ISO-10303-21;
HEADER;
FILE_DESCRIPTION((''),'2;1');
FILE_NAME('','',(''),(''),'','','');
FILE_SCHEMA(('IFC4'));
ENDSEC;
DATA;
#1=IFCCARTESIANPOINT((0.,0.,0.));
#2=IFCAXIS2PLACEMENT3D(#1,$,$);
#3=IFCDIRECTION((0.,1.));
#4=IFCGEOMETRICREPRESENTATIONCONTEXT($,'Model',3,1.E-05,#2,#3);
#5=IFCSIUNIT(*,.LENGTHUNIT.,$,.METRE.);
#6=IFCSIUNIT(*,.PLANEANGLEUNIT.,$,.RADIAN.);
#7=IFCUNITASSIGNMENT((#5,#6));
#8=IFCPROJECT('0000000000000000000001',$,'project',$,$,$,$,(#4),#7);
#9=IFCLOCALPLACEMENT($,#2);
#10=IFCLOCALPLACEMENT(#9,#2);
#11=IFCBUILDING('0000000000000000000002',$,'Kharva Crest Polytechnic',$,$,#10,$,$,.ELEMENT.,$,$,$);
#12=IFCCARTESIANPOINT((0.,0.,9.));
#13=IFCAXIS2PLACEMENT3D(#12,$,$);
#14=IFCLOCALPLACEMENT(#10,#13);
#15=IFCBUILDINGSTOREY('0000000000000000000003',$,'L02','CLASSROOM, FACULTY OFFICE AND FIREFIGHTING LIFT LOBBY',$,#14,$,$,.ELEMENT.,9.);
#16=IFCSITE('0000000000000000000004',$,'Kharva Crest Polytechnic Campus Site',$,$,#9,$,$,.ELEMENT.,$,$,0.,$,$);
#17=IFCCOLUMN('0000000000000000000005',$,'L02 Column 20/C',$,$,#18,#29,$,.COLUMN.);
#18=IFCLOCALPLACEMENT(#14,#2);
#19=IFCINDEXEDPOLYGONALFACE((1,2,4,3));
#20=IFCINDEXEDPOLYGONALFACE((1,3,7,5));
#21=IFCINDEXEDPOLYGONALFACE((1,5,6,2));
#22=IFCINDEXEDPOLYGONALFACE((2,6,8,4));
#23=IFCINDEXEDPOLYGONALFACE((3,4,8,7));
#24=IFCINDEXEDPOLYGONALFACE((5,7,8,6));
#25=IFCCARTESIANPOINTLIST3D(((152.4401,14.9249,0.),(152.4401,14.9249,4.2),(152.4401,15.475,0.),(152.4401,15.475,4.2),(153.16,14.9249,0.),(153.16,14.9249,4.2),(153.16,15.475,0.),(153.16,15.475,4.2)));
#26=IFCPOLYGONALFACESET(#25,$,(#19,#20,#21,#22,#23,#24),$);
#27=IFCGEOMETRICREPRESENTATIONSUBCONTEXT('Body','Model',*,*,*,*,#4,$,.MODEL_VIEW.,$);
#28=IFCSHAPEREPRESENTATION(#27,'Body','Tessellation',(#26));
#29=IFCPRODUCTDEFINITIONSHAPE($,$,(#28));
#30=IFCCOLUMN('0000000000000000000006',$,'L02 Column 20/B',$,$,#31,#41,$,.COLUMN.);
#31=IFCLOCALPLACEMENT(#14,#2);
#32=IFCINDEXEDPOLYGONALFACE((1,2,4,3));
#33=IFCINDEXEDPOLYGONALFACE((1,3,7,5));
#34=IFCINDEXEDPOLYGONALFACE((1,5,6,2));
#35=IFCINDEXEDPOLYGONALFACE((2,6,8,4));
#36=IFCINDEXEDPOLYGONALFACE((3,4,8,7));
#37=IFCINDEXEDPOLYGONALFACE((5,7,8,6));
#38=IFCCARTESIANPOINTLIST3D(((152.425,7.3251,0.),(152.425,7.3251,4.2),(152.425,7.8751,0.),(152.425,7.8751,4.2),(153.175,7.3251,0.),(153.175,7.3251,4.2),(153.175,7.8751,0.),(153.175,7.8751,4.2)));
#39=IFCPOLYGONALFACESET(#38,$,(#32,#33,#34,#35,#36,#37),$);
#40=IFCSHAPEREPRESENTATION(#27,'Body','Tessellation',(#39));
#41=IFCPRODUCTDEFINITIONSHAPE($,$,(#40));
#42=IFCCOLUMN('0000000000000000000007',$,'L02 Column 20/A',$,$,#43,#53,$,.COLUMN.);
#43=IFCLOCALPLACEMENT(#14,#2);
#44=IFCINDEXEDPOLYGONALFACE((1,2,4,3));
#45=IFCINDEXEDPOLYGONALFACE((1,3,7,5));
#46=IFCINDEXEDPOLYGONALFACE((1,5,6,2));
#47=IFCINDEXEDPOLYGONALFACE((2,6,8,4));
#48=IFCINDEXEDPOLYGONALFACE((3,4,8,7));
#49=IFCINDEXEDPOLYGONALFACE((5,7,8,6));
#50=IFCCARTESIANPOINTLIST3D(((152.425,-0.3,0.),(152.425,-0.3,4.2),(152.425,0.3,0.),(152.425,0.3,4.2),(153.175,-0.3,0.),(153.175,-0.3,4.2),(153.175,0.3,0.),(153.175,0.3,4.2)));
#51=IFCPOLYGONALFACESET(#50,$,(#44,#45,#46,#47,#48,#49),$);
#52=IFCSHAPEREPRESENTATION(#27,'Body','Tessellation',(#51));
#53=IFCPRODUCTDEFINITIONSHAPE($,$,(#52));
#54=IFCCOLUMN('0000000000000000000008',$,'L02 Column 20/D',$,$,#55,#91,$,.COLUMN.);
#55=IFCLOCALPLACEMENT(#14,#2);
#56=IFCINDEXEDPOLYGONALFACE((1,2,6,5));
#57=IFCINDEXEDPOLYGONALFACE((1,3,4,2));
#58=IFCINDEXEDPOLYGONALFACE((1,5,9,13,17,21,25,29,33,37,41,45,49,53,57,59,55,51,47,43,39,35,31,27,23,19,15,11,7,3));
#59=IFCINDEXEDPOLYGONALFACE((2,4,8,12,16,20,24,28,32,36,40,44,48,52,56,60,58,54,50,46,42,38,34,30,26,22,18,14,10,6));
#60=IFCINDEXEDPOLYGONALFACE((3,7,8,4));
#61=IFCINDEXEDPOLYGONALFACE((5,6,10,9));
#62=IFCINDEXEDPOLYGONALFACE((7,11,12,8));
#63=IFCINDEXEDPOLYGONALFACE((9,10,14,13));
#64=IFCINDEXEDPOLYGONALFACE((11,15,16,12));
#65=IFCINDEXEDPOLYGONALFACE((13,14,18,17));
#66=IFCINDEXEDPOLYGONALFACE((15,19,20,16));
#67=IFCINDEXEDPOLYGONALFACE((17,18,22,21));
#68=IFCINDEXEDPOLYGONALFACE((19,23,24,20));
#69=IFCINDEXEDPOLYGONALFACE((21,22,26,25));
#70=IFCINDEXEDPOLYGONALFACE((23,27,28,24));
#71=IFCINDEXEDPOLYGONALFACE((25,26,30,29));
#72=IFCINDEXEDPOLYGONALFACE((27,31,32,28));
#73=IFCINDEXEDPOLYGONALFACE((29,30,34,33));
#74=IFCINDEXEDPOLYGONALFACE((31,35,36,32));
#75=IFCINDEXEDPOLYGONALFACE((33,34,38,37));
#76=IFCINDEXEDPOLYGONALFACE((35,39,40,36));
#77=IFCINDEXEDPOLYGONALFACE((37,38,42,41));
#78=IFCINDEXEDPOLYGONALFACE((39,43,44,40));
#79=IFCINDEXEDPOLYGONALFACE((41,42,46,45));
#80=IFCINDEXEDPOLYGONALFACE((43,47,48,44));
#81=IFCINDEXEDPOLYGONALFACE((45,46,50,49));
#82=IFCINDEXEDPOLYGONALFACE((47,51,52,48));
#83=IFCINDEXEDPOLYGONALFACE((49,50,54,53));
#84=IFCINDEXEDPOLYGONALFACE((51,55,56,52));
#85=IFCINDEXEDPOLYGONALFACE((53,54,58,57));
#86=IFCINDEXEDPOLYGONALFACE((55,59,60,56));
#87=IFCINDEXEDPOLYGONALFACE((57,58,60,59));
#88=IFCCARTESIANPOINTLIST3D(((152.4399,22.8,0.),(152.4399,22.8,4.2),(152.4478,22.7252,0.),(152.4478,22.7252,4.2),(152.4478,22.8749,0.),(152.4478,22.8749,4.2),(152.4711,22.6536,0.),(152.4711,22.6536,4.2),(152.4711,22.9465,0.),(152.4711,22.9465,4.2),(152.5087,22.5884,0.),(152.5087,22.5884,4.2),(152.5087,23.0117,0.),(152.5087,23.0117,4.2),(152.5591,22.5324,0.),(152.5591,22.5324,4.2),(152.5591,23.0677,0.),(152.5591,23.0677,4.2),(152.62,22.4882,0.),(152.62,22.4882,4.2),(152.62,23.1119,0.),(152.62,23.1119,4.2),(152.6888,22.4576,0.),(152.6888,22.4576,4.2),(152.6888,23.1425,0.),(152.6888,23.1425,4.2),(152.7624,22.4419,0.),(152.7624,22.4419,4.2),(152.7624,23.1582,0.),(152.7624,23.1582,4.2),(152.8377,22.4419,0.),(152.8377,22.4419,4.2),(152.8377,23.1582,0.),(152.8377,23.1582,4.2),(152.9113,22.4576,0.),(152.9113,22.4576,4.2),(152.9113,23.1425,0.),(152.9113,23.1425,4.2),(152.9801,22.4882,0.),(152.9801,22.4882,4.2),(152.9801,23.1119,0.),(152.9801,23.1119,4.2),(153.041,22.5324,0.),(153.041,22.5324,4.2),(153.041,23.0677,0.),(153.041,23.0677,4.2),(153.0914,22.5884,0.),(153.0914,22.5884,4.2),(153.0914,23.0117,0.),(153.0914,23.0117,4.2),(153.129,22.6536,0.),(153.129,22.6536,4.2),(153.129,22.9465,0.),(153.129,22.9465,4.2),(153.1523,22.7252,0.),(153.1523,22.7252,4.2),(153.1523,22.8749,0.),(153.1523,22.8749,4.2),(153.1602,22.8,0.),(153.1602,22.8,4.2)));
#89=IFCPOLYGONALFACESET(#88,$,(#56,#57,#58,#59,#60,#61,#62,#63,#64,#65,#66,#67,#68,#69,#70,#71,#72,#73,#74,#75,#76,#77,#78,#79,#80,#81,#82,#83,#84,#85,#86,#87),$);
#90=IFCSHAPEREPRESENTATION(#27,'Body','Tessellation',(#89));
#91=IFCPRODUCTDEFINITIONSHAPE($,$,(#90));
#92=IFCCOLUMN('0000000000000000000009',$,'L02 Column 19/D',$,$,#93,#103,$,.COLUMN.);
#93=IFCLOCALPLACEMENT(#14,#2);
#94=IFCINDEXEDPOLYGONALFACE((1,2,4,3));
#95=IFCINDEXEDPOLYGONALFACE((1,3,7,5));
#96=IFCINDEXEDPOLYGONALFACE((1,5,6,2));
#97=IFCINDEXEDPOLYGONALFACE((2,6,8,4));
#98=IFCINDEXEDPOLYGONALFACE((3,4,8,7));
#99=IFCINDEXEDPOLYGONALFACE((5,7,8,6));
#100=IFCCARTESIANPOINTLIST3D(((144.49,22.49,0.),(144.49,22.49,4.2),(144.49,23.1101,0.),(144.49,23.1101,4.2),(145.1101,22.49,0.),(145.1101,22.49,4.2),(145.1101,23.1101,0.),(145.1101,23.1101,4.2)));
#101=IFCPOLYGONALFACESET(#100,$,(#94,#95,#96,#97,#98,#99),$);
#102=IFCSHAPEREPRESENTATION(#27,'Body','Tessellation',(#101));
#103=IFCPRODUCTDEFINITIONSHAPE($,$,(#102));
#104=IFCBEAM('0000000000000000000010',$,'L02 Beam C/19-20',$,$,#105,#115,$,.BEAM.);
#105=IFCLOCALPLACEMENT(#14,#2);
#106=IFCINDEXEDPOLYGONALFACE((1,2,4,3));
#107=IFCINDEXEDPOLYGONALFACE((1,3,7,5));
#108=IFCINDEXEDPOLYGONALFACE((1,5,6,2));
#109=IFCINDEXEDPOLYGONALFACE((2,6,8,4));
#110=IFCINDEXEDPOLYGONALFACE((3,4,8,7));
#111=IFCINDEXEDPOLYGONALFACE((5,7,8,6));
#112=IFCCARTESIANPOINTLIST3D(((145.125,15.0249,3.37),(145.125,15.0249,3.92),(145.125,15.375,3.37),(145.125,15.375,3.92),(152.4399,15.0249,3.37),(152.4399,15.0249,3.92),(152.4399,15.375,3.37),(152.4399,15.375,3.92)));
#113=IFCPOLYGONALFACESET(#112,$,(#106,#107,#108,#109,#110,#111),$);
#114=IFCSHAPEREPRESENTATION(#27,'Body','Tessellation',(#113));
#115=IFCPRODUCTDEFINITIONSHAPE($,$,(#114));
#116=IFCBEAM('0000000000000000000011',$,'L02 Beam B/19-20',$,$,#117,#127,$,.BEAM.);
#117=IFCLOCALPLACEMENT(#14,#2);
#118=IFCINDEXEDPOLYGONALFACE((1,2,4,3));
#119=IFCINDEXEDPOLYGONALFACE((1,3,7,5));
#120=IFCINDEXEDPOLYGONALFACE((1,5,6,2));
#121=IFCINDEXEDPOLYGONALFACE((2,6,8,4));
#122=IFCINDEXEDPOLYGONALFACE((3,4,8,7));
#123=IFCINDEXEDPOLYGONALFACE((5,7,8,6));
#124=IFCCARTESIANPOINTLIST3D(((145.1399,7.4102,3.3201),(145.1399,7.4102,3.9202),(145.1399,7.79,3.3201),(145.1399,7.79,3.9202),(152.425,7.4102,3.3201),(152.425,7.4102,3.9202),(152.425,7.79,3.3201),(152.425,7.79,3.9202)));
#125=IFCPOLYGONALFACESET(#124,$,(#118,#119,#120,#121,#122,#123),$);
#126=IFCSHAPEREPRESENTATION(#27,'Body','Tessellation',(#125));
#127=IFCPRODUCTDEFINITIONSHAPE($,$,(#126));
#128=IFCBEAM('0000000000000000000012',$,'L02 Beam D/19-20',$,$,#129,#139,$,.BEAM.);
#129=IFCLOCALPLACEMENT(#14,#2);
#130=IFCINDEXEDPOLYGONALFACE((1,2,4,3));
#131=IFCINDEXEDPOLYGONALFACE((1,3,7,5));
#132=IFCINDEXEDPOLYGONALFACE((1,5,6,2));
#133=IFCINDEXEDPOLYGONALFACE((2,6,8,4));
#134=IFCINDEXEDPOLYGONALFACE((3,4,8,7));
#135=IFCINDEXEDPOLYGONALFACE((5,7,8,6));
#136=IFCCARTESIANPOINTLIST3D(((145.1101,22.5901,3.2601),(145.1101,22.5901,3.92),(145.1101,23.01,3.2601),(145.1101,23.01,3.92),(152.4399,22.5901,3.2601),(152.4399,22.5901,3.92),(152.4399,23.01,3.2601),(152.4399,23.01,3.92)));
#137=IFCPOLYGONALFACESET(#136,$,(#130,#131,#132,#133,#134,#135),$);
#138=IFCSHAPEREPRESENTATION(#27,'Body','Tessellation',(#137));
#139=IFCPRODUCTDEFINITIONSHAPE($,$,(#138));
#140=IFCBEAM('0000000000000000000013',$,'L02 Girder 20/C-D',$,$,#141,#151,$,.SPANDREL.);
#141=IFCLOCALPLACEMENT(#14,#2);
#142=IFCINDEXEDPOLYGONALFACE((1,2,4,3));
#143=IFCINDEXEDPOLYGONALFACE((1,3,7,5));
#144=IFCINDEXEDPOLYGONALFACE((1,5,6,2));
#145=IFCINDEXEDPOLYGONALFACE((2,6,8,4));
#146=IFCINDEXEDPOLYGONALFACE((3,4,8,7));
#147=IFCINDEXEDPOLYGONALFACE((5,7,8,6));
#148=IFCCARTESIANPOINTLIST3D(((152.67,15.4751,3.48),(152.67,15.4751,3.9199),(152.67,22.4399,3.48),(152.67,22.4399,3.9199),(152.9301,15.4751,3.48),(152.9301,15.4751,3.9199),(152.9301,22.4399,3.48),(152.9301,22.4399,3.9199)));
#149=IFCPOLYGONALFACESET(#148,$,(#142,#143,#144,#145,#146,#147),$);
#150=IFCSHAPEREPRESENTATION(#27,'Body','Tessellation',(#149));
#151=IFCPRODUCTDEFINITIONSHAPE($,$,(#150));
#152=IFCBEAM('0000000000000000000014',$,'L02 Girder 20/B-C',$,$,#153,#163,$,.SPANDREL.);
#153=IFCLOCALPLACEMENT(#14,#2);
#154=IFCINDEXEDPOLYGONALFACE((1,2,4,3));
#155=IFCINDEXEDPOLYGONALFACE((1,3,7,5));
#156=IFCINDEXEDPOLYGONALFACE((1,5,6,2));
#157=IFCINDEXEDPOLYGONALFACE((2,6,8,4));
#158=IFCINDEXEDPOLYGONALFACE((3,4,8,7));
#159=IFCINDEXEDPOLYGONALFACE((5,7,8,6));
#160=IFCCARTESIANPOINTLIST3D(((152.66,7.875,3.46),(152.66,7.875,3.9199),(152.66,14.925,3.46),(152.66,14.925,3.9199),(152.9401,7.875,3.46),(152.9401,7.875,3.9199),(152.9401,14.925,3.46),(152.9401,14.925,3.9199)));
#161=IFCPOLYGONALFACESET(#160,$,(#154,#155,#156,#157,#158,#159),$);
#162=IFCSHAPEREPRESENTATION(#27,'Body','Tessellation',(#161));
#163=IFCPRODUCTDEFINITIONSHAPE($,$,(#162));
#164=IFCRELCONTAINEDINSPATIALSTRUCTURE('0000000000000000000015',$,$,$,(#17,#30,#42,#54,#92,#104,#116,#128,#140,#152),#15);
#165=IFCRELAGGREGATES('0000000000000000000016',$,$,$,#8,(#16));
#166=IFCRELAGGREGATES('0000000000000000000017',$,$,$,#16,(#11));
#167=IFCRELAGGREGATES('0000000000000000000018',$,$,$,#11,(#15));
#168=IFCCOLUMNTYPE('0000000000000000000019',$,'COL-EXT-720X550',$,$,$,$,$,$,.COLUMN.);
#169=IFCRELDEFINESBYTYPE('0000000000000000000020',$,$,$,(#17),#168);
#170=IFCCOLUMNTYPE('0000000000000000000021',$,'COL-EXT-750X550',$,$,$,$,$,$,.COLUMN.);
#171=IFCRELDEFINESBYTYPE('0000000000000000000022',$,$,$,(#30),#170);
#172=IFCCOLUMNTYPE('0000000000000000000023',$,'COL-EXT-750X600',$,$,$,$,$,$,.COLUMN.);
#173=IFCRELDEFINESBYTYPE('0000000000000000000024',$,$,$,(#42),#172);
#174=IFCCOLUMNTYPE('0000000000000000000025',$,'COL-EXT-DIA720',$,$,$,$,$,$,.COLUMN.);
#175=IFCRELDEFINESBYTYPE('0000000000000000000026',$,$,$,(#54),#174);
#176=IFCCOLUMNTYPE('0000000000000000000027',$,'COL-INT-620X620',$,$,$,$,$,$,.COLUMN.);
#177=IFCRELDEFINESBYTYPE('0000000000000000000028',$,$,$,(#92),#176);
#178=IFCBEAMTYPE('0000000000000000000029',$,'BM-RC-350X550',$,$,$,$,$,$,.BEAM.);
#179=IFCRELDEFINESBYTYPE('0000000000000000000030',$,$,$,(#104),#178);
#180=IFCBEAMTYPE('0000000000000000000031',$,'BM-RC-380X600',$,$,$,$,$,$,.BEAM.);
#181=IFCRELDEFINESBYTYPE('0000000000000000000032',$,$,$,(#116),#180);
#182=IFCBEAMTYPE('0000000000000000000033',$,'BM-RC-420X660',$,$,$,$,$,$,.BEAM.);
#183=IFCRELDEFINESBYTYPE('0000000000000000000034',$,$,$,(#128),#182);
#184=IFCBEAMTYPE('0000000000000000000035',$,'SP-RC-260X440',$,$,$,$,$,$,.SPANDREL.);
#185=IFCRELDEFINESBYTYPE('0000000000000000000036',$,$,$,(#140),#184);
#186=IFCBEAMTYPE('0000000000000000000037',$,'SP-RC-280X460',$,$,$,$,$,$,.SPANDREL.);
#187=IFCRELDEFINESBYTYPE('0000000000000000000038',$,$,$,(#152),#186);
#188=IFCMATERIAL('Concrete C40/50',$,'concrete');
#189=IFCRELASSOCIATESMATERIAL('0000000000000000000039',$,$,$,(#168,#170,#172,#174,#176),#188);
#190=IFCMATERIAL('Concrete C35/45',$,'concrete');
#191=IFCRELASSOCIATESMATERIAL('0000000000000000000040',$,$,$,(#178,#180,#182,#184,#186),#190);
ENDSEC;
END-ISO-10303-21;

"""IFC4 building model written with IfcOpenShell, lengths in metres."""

from ifc_helpers import new_model, si_unit, direction, frame, origin, origin_2d, place, context, subcontext, project, spatial, rectangle, circle, extrude, material, material_profile, profile_set, type_object, element, save


model = new_model("IFC4")

# Units and contexts
model_context = context("Model", 3, precision=1e-05, world=origin(), true_north=direction((0.0, 1.0)))
body_context = subcontext(model_context, "Body", "Model", "MODEL_VIEW")
ifc_project = project(units=[si_unit("LENGTHUNIT", "METRE"), si_unit("PLANEANGLEUNIT", "RADIAN")], contexts=[model_context])

# Site, building, storey
site_placement = place(None, origin())
site = spatial("IfcSite", under=ifc_project, at=site_placement, Name="Kharva Crest Polytechnic Campus Site", CompositionType="ELEMENT", RefElevation=0.0)
building_placement = place(site_placement, origin())
building = spatial("IfcBuilding", under=site, at=building_placement, Name="Kharva Crest Polytechnic", CompositionType="ELEMENT")
storey_placement = place(building_placement, frame((0.0, 0.0, 9.0)))
storey = spatial("IfcBuildingStorey", under=building, at=storey_placement, Name="L02", Description="CLASSROOM, FACULTY OFFICE AND FIREFIGHTING LIFT LOBBY", CompositionType="ELEMENT", Elevation=9.0)

# Columns
ifc_material_1 = material(Name="Concrete C40/50", Category="concrete")
ifc_material_profile_1 = material_profile(ifc_material_1, rectangle(XDim=0.72, YDim=0.55, at=origin_2d()), Name="RECT 720 X 550")
ifc_profile_set_1 = profile_set([ifc_material_profile_1], Name="Concrete C40/50")
column_type_1 = type_object("IfcColumnType", Name="COL-EXT-720X550", PredefinedType="COLUMN", material=ifc_profile_set_1)
column_1_placement = place(storey_placement, frame((152.8, 15.2, 0.0), z_axis=(0.0, 0.0, 1.0), x_axis=(1.0, 0.0, 0.0)))
element("IfcColumn", 1, at=column_1_placement, inside=storey, type_object=column_type_1, Name="L02 Column 20/C", PredefinedType="COLUMN", context=body_context, shape_type="SweptSolid", body=[
    extrude(rectangle(XDim=0.72, YDim=0.55, at=origin_2d()), origin(), (0.0, 0.0, 1.0), 4.2),
])
ifc_material_profile_2 = material_profile(ifc_material_1, rectangle(XDim=0.75, YDim=0.55, at=origin_2d()), Name="RECT 750 X 550")
ifc_profile_set_2 = profile_set([ifc_material_profile_2], Name="Concrete C40/50")
column_type_2 = type_object("IfcColumnType", Name="COL-EXT-750X550", PredefinedType="COLUMN", material=ifc_profile_set_2)
column_2_placement = place(storey_placement, frame((152.8, 7.6001, 0.0), z_axis=(0.0, 0.0, 1.0), x_axis=(1.0, 0.0, 0.0)))
element("IfcColumn", 2, at=column_2_placement, inside=storey, type_object=column_type_2, Name="L02 Column 20/B", PredefinedType="COLUMN", context=body_context, shape_type="SweptSolid", body=[
    extrude(rectangle(XDim=0.75, YDim=0.55, at=origin_2d()), origin(), (0.0, 0.0, 1.0), 4.2),
])
ifc_material_profile_3 = material_profile(ifc_material_1, rectangle(XDim=0.75, YDim=0.6001, at=origin_2d()), Name="RECT 750 X 600")
ifc_profile_set_3 = profile_set([ifc_material_profile_3], Name="Concrete C40/50")
column_type_3 = type_object("IfcColumnType", Name="COL-EXT-750X600", PredefinedType="COLUMN", material=ifc_profile_set_3)
column_3_placement = place(storey_placement, frame((152.8, 0.0, 0.0), z_axis=(0.0, 0.0, 1.0), x_axis=(1.0, 0.0, 0.0)))
element("IfcColumn", 3, at=column_3_placement, inside=storey, type_object=column_type_3, Name="L02 Column 20/A", PredefinedType="COLUMN", context=body_context, shape_type="SweptSolid", body=[
    extrude(rectangle(XDim=0.75, YDim=0.6001, at=origin_2d()), origin(), (0.0, 0.0, 1.0), 4.2),
])
ifc_material_profile_4 = material_profile(ifc_material_1, circle(Radius=0.3601, at=origin_2d()), Name="DIA 720")
ifc_profile_set_4 = profile_set([ifc_material_profile_4], Name="Concrete C40/50")
column_type_4 = type_object("IfcColumnType", Name="COL-EXT-DIA720", PredefinedType="COLUMN", material=ifc_profile_set_4)
column_4_placement = place(storey_placement, frame((152.8, 22.8, 0.0), z_axis=(0.0, 0.0, 1.0), x_axis=(1.0, 0.0, 0.0)))
element("IfcColumn", 4, at=column_4_placement, inside=storey, type_object=column_type_4, Name="L02 Column 20/D", PredefinedType="COLUMN", context=body_context, shape_type="SweptSolid", body=[
    extrude(circle(Radius=0.3601, at=origin_2d()), origin(), (0.0, 0.0, 1.0), 4.2),
])
ifc_material_profile_5 = material_profile(ifc_material_1, rectangle(XDim=0.6201, YDim=0.6201, at=origin_2d()), Name="RECT 620 X 620")
ifc_profile_set_5 = profile_set([ifc_material_profile_5], Name="Concrete C40/50")
column_type_5 = type_object("IfcColumnType", Name="COL-INT-620X620", PredefinedType="COLUMN", material=ifc_profile_set_5)
column_5_placement = place(storey_placement, frame((144.8, 22.8, 0.0), z_axis=(0.0, 0.0, 1.0), x_axis=(1.0, 0.0, 0.0)))
element("IfcColumn", 5, at=column_5_placement, inside=storey, type_object=column_type_5, Name="L02 Column 19/D", PredefinedType="COLUMN", context=body_context, shape_type="SweptSolid", body=[
    extrude(rectangle(XDim=0.6201, YDim=0.6201, at=origin_2d()), origin(), (0.0, 0.0, 1.0), 4.2),
])

# Beams
ifc_material_2 = material(Name="Concrete C35/45", Category="concrete")
ifc_material_profile_6 = material_profile(ifc_material_2, rectangle(XDim=0.3501, YDim=0.55, at=origin_2d()), Name="RECT 350 X 550")
ifc_profile_set_6 = profile_set([ifc_material_profile_6], Name="Concrete C35/45")
beam_type_1 = type_object("IfcBeamType", Name="BM-RC-350X550", PredefinedType="BEAM", material=ifc_profile_set_6)
beam_1_placement = place(storey_placement, frame((145.125, 15.2, 3.645), z_axis=(1.0, 0.0, 0.0), x_axis=(0.0, 1.0, 0.0)))
element("IfcBeam", 6, at=beam_1_placement, inside=storey, type_object=beam_type_1, Name="L02 Beam C/19-20", PredefinedType="BEAM", context=body_context, shape_type="SweptSolid", body=[
    extrude(rectangle(XDim=0.3501, YDim=0.55, at=origin_2d()), origin(), (0.0, 0.0, 1.0), 7.3149),
])
ifc_material_profile_7 = material_profile(ifc_material_2, rectangle(XDim=0.3799, YDim=0.6001, at=origin_2d()), Name="RECT 380 X 600")
ifc_profile_set_7 = profile_set([ifc_material_profile_7], Name="Concrete C35/45")
beam_type_2 = type_object("IfcBeamType", Name="BM-RC-380X600", PredefinedType="BEAM", material=ifc_profile_set_7)
beam_2_placement = place(storey_placement, frame((145.1399, 7.6001, 3.6201), z_axis=(1.0, 0.0, 0.0), x_axis=(0.0, 1.0, 0.0)))
element("IfcBeam", 7, at=beam_2_placement, inside=storey, type_object=beam_type_2, Name="L02 Beam B/19-20", PredefinedType="BEAM", context=body_context, shape_type="SweptSolid", body=[
    extrude(rectangle(XDim=0.3799, YDim=0.6001, at=origin_2d()), origin(), (0.0, 0.0, 1.0), 7.2852),
])
ifc_material_profile_8 = material_profile(ifc_material_2, rectangle(XDim=0.4199, YDim=0.6599, at=origin_2d()), Name="RECT 420 X 660")
ifc_profile_set_8 = profile_set([ifc_material_profile_8], Name="Concrete C35/45")
beam_type_3 = type_object("IfcBeamType", Name="BM-RC-420X660", PredefinedType="BEAM", material=ifc_profile_set_8)
beam_3_placement = place(storey_placement, frame((145.1101, 22.8, 3.5901), z_axis=(1.0, 0.0, 0.0), x_axis=(0.0, 1.0, 0.0)))
element("IfcBeam", 8, at=beam_3_placement, inside=storey, type_object=beam_type_3, Name="L02 Beam D/19-20", PredefinedType="BEAM", context=body_context, shape_type="SweptSolid", body=[
    extrude(rectangle(XDim=0.4199, YDim=0.6599, at=origin_2d()), origin(), (0.0, 0.0, 1.0), 7.3298),
])
ifc_material_profile_9 = material_profile(ifc_material_2, rectangle(XDim=0.26, YDim=0.4399, at=origin_2d()), Name="RECT 260 X 440")
ifc_profile_set_9 = profile_set([ifc_material_profile_9], Name="Concrete C35/45")
beam_type_4 = type_object("IfcBeamType", Name="SP-RC-260X440", PredefinedType="SPANDREL", material=ifc_profile_set_9)
beam_4_placement = place(storey_placement, frame((152.8, 15.4751, 3.7), z_axis=(0.0, 1.0, 0.0), x_axis=(-1.0, 0.0, 0.0)))
element("IfcBeam", 9, at=beam_4_placement, inside=storey, type_object=beam_type_4, Name="L02 Girder 20/C-D", PredefinedType="SPANDREL", context=body_context, shape_type="SweptSolid", body=[
    extrude(rectangle(XDim=0.26, YDim=0.4399, at=origin_2d()), origin(), (0.0, 0.0, 1.0), 6.9648),
])
ifc_material_profile_10 = material_profile(ifc_material_2, rectangle(XDim=0.28, YDim=0.46, at=origin_2d()), Name="RECT 280 X 460")
ifc_profile_set_10 = profile_set([ifc_material_profile_10], Name="Concrete C35/45")
beam_type_5 = type_object("IfcBeamType", Name="SP-RC-280X460", PredefinedType="SPANDREL", material=ifc_profile_set_10)
beam_5_placement = place(storey_placement, frame((152.8, 7.875, 3.6899), z_axis=(0.0, 1.0, 0.0), x_axis=(-1.0, 0.0, 0.0)))
element("IfcBeam", 10, at=beam_5_placement, inside=storey, type_object=beam_type_5, Name="L02 Girder 20/B-C", PredefinedType="SPANDREL", context=body_context, shape_type="SweptSolid", body=[
    extrude(rectangle(XDim=0.28, YDim=0.46, at=origin_2d()), origin(), (0.0, 0.0, 1.0), 7.05),
])

save(model, "model.ifc")
